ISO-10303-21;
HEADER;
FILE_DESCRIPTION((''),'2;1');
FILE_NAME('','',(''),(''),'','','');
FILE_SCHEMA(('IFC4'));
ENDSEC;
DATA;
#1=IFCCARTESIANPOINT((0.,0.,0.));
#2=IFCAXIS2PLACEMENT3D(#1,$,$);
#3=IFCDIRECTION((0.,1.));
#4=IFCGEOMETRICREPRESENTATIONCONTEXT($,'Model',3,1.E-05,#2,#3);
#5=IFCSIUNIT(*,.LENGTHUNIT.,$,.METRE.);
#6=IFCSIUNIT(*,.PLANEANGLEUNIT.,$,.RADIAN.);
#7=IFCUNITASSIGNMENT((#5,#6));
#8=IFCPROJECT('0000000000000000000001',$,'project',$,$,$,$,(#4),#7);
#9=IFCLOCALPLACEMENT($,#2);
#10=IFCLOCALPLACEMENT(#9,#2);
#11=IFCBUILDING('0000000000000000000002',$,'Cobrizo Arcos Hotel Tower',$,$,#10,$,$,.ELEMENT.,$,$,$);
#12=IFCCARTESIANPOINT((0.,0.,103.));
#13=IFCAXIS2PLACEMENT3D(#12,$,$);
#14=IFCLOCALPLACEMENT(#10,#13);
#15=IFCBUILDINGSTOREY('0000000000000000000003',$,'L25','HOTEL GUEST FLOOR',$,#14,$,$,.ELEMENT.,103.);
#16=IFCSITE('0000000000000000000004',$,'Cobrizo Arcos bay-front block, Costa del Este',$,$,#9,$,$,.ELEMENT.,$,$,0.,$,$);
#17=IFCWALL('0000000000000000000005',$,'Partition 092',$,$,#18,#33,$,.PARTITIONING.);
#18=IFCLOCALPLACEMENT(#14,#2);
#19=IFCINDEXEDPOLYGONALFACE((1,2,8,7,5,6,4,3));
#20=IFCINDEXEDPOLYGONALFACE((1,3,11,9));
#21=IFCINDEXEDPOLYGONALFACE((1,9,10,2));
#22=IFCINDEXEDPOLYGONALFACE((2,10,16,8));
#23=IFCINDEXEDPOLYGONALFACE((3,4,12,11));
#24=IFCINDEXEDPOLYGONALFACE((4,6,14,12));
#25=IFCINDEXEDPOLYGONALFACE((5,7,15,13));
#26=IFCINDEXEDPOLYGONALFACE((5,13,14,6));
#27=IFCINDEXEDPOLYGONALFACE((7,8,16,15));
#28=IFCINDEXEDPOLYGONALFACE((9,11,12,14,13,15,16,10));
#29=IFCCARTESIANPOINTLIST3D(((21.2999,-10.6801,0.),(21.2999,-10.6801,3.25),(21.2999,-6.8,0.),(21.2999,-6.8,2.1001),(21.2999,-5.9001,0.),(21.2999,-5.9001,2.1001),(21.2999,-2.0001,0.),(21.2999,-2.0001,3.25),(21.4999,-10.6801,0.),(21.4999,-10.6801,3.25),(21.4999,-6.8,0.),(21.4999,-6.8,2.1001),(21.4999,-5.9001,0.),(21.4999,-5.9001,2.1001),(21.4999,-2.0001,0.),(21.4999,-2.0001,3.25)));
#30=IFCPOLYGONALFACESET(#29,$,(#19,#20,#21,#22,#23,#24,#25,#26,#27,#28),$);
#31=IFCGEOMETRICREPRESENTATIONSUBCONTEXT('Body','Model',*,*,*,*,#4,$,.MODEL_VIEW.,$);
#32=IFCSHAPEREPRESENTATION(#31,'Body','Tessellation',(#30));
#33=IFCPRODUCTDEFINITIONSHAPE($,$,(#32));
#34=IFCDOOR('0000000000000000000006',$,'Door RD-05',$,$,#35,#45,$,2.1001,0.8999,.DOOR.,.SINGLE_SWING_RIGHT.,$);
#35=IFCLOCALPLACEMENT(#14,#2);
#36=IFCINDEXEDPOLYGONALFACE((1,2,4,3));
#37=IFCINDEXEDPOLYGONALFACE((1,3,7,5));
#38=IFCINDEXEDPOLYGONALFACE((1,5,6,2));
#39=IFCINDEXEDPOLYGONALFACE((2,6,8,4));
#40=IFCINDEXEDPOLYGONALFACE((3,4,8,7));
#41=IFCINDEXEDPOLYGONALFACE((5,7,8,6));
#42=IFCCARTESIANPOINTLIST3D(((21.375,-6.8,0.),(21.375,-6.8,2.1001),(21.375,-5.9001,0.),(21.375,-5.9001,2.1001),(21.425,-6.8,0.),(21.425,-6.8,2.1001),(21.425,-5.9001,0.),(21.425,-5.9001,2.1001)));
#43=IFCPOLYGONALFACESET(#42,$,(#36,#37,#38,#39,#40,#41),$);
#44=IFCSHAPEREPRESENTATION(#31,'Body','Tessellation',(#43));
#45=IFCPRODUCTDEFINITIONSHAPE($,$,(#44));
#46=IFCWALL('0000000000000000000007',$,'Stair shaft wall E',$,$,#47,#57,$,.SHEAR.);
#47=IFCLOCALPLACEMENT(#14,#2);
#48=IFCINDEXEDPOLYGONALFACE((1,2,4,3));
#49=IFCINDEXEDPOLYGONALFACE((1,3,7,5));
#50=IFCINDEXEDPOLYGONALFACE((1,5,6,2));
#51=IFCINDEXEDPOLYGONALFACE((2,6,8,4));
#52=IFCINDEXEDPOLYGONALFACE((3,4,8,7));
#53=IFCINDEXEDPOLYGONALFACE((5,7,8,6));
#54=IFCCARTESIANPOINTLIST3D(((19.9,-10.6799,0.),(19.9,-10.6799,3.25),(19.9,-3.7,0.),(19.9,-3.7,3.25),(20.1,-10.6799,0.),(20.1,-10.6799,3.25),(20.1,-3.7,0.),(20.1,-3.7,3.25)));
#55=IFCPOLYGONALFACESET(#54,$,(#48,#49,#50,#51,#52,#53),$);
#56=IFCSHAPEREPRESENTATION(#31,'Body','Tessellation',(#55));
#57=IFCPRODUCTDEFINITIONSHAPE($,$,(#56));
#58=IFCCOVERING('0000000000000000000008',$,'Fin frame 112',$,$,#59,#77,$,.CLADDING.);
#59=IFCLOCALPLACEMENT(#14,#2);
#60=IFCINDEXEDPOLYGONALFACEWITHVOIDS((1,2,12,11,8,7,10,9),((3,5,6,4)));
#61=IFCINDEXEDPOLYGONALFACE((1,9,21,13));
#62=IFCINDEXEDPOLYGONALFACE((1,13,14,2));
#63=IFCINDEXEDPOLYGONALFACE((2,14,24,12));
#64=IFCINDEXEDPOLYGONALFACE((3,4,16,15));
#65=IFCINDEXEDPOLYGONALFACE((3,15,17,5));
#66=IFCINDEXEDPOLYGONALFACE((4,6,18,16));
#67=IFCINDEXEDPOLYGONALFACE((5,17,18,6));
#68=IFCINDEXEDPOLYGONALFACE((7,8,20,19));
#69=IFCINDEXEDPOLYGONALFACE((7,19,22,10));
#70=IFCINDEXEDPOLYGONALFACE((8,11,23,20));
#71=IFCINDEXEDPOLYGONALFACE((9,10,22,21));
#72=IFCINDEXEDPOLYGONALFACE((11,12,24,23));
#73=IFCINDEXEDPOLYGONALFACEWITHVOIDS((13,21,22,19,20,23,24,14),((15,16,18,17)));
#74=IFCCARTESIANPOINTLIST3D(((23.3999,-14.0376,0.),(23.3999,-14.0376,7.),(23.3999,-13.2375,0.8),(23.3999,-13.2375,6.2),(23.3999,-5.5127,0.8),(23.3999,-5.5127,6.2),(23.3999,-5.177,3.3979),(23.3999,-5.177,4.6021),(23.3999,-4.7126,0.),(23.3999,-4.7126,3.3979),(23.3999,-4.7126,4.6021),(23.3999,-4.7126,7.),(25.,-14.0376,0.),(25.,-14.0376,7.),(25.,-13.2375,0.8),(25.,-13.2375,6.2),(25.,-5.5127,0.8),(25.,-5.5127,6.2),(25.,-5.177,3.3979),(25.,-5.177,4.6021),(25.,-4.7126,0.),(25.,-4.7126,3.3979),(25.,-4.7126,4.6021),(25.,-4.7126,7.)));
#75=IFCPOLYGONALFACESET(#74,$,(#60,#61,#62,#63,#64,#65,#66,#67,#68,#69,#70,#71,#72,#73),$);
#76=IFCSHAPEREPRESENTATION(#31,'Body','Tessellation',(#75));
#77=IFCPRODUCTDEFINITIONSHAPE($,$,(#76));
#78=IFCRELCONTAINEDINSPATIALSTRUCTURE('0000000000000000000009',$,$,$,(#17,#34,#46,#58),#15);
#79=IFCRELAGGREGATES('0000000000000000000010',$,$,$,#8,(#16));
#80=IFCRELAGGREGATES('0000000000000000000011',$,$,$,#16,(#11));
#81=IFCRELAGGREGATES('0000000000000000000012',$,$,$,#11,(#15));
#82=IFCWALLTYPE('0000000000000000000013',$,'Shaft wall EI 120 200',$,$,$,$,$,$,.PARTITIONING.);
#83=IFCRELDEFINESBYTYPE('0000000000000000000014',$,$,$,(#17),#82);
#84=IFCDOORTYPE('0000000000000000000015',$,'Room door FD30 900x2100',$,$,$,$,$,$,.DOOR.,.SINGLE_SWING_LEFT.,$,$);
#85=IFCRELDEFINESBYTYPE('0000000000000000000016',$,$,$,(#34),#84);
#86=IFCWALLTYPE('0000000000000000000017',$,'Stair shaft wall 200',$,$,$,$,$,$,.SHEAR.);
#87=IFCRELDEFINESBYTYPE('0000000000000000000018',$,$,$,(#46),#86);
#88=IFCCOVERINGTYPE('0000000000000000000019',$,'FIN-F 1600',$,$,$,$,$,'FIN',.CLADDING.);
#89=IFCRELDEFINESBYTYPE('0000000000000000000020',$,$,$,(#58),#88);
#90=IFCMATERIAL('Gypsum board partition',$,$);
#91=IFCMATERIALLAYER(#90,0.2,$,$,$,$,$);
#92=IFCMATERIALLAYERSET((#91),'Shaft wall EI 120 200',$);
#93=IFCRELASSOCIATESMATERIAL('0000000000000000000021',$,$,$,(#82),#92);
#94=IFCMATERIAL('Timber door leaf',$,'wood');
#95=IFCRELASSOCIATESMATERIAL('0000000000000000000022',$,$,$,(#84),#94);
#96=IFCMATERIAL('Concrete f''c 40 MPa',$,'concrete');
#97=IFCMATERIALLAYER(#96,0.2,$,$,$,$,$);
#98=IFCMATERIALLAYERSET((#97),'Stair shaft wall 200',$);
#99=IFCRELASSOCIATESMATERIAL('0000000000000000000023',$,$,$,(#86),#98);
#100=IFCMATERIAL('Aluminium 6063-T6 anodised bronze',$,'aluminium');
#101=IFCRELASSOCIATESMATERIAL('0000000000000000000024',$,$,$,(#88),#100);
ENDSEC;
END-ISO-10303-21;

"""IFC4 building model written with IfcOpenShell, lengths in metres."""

from ifc_helpers import new_model, si_unit, direction, frame, frame_2d, origin, place, context, subcontext, project, spatial, polyline, rectangle, outline, extrude, material, layer, layer_set, type_object, element, fill, save


model = new_model("IFC4")

# Units and contexts
model_context = context("Model", 3, precision=1e-05, world=origin(), true_north=direction((0.0, 1.0)))
body_context = subcontext(model_context, "Body", "Model", "MODEL_VIEW")
ifc_project = project(units=[si_unit("LENGTHUNIT", "METRE"), si_unit("PLANEANGLEUNIT", "RADIAN")], contexts=[model_context])

# Site, building, storey
site_placement = place(None, origin())
site = spatial("IfcSite", under=ifc_project, at=site_placement, Name="Cobrizo Arcos bay-front block, Costa del Este", CompositionType="ELEMENT", RefElevation=0.0)
building_placement = place(site_placement, origin())
building = spatial("IfcBuilding", under=site, at=building_placement, Name="Cobrizo Arcos Hotel Tower", CompositionType="ELEMENT")
storey_placement = place(building_placement, frame((0.0, 0.0, 103.0)))
storey = spatial("IfcBuildingStorey", under=building, at=storey_placement, Name="L25", Description="HOTEL GUEST FLOOR", CompositionType="ELEMENT", Elevation=103.0)

# Shared definitions
ifc_material_1 = material(Name="Aluminium 6063-T6 anodised bronze", Category="aluminium")

# Wall, opening, door
ifc_material_2 = material(Name="Gypsum board partition")
ifc_layer_1 = layer(ifc_material_2, 0.2)
ifc_layer_set_1 = layer_set([ifc_layer_1], Name="Shaft wall EI 120 200")
wall_type_1 = type_object("IfcWallType", Name="Shaft wall EI 120 200", PredefinedType="PARTITIONING", material=ifc_layer_set_1)
wall_1_placement = place(storey_placement, frame((21.3999, -10.6799, 0.0), z_axis=(0.0, 0.0, 1.0), x_axis=(0.0, 1.0, 0.0)))
wall_1 = element("IfcWall", 1, at=wall_1_placement, inside=storey, type_object=wall_type_1, Name="Partition 092", PredefinedType="PARTITIONING", context=body_context, shape_type="SweptSolid", body=[
    extrude(rectangle(XDim=8.6799, YDim=0.2, at=frame_2d((4.3398, 0.0))), origin(), (0.0, 0.0, 1.0), 3.25),
])
opening_1_placement = place(wall_1_placement, frame((3.8799, 0.0, 0.0)))
opening_1 = element("IfcOpeningElement", 2, at=opening_1_placement, cuts=wall_1, PredefinedType="OPENING", context=body_context, shape_type="SweptSolid", body=[
    extrude(rectangle(XDim=0.8999, YDim=2.1001, at=frame_2d((0.45, 1.05))), frame((0.0, 0.1121, 0.0), z_axis=(0.0, -1.0, 0.0), x_axis=(1.0, 0.0, 0.0)), (0.0, 0.0, 1.0), 0.2239),
])
ifc_material_3 = material(Name="Timber door leaf", Category="wood")
door_type_1 = type_object("IfcDoorType", Name="Room door FD30 900x2100", OperationType="SINGLE_SWING_LEFT", PredefinedType="DOOR", material=ifc_material_3)
door_1_placement = place(opening_1_placement, origin())
door_1 = element("IfcDoor", 3, at=door_1_placement, inside=storey, type_object=door_type_1, Name="Door RD-05", OperationType="SINGLE_SWING_RIGHT", OverallHeight=2.1001, OverallWidth=0.8999, PredefinedType="DOOR", context=body_context, shape_type="SweptSolid", body=[
    extrude(rectangle(XDim=0.8999, YDim=2.1001, at=frame_2d((0.45, 1.05))), frame((0.0, 0.0249, 0.0), z_axis=(0.0, -1.0, 0.0), x_axis=(1.0, 0.0, 0.0)), (0.0, 0.0, 1.0), 0.05),
])
fill(opening_1, door_1)

# Wall
ifc_material_4 = material(Name="Concrete f'c 40 MPa", Category="concrete")
ifc_layer_2 = layer(ifc_material_4, 0.2)
ifc_layer_set_2 = layer_set([ifc_layer_2], Name="Stair shaft wall 200")
wall_type_2 = type_object("IfcWallType", Name="Stair shaft wall 200", PredefinedType="SHEAR", material=ifc_layer_set_2)
wall_2_placement = place(storey_placement, frame((20.0, -10.6799, 0.0), z_axis=(0.0, 0.0, 1.0), x_axis=(0.0, 1.0, 0.0)))
element("IfcWall", 4, at=wall_2_placement, inside=storey, type_object=wall_type_2, Name="Stair shaft wall E", PredefinedType="SHEAR", context=body_context, shape_type="SweptSolid", body=[
    extrude(rectangle(XDim=6.98, YDim=0.2, at=frame_2d((3.49, 0.0))), origin(), (0.0, 0.0, 1.0), 3.25),
])

# Covering
covering_type = type_object("IfcCoveringType", Name="FIN-F 1600", ElementType="FIN", PredefinedType="CLADDING", material=ifc_material_1)
covering_placement = place(storey_placement, frame((23.3999, -14.0376, 0.0), z_axis=(1.0, 0.0, 0.0), x_axis=(0.0, 1.0, 0.0)))
element("IfcCovering", 5, at=covering_placement, inside=storey, type_object=covering_type, Name="Fin frame 112", PredefinedType="CLADDING", context=body_context, shape_type="SweptSolid", body=[
    extrude(outline(polyline([(9.325, 0.0), (9.325, 3.3979), (8.8606, 3.3979), (8.8606, 4.6021), (9.325, 4.6021), (9.325, 7.0), (0.0, 7.0), (0.0, 0.0), (9.325, 0.0)]), holes=[polyline([(8.5249, 0.8), (0.8, 0.8), (0.8, 6.2), (8.5249, 6.2), (8.5249, 0.8)])]), origin(), (0.0, 0.0, 1.0), 1.6001),
])

save(model, "model.ifc")
